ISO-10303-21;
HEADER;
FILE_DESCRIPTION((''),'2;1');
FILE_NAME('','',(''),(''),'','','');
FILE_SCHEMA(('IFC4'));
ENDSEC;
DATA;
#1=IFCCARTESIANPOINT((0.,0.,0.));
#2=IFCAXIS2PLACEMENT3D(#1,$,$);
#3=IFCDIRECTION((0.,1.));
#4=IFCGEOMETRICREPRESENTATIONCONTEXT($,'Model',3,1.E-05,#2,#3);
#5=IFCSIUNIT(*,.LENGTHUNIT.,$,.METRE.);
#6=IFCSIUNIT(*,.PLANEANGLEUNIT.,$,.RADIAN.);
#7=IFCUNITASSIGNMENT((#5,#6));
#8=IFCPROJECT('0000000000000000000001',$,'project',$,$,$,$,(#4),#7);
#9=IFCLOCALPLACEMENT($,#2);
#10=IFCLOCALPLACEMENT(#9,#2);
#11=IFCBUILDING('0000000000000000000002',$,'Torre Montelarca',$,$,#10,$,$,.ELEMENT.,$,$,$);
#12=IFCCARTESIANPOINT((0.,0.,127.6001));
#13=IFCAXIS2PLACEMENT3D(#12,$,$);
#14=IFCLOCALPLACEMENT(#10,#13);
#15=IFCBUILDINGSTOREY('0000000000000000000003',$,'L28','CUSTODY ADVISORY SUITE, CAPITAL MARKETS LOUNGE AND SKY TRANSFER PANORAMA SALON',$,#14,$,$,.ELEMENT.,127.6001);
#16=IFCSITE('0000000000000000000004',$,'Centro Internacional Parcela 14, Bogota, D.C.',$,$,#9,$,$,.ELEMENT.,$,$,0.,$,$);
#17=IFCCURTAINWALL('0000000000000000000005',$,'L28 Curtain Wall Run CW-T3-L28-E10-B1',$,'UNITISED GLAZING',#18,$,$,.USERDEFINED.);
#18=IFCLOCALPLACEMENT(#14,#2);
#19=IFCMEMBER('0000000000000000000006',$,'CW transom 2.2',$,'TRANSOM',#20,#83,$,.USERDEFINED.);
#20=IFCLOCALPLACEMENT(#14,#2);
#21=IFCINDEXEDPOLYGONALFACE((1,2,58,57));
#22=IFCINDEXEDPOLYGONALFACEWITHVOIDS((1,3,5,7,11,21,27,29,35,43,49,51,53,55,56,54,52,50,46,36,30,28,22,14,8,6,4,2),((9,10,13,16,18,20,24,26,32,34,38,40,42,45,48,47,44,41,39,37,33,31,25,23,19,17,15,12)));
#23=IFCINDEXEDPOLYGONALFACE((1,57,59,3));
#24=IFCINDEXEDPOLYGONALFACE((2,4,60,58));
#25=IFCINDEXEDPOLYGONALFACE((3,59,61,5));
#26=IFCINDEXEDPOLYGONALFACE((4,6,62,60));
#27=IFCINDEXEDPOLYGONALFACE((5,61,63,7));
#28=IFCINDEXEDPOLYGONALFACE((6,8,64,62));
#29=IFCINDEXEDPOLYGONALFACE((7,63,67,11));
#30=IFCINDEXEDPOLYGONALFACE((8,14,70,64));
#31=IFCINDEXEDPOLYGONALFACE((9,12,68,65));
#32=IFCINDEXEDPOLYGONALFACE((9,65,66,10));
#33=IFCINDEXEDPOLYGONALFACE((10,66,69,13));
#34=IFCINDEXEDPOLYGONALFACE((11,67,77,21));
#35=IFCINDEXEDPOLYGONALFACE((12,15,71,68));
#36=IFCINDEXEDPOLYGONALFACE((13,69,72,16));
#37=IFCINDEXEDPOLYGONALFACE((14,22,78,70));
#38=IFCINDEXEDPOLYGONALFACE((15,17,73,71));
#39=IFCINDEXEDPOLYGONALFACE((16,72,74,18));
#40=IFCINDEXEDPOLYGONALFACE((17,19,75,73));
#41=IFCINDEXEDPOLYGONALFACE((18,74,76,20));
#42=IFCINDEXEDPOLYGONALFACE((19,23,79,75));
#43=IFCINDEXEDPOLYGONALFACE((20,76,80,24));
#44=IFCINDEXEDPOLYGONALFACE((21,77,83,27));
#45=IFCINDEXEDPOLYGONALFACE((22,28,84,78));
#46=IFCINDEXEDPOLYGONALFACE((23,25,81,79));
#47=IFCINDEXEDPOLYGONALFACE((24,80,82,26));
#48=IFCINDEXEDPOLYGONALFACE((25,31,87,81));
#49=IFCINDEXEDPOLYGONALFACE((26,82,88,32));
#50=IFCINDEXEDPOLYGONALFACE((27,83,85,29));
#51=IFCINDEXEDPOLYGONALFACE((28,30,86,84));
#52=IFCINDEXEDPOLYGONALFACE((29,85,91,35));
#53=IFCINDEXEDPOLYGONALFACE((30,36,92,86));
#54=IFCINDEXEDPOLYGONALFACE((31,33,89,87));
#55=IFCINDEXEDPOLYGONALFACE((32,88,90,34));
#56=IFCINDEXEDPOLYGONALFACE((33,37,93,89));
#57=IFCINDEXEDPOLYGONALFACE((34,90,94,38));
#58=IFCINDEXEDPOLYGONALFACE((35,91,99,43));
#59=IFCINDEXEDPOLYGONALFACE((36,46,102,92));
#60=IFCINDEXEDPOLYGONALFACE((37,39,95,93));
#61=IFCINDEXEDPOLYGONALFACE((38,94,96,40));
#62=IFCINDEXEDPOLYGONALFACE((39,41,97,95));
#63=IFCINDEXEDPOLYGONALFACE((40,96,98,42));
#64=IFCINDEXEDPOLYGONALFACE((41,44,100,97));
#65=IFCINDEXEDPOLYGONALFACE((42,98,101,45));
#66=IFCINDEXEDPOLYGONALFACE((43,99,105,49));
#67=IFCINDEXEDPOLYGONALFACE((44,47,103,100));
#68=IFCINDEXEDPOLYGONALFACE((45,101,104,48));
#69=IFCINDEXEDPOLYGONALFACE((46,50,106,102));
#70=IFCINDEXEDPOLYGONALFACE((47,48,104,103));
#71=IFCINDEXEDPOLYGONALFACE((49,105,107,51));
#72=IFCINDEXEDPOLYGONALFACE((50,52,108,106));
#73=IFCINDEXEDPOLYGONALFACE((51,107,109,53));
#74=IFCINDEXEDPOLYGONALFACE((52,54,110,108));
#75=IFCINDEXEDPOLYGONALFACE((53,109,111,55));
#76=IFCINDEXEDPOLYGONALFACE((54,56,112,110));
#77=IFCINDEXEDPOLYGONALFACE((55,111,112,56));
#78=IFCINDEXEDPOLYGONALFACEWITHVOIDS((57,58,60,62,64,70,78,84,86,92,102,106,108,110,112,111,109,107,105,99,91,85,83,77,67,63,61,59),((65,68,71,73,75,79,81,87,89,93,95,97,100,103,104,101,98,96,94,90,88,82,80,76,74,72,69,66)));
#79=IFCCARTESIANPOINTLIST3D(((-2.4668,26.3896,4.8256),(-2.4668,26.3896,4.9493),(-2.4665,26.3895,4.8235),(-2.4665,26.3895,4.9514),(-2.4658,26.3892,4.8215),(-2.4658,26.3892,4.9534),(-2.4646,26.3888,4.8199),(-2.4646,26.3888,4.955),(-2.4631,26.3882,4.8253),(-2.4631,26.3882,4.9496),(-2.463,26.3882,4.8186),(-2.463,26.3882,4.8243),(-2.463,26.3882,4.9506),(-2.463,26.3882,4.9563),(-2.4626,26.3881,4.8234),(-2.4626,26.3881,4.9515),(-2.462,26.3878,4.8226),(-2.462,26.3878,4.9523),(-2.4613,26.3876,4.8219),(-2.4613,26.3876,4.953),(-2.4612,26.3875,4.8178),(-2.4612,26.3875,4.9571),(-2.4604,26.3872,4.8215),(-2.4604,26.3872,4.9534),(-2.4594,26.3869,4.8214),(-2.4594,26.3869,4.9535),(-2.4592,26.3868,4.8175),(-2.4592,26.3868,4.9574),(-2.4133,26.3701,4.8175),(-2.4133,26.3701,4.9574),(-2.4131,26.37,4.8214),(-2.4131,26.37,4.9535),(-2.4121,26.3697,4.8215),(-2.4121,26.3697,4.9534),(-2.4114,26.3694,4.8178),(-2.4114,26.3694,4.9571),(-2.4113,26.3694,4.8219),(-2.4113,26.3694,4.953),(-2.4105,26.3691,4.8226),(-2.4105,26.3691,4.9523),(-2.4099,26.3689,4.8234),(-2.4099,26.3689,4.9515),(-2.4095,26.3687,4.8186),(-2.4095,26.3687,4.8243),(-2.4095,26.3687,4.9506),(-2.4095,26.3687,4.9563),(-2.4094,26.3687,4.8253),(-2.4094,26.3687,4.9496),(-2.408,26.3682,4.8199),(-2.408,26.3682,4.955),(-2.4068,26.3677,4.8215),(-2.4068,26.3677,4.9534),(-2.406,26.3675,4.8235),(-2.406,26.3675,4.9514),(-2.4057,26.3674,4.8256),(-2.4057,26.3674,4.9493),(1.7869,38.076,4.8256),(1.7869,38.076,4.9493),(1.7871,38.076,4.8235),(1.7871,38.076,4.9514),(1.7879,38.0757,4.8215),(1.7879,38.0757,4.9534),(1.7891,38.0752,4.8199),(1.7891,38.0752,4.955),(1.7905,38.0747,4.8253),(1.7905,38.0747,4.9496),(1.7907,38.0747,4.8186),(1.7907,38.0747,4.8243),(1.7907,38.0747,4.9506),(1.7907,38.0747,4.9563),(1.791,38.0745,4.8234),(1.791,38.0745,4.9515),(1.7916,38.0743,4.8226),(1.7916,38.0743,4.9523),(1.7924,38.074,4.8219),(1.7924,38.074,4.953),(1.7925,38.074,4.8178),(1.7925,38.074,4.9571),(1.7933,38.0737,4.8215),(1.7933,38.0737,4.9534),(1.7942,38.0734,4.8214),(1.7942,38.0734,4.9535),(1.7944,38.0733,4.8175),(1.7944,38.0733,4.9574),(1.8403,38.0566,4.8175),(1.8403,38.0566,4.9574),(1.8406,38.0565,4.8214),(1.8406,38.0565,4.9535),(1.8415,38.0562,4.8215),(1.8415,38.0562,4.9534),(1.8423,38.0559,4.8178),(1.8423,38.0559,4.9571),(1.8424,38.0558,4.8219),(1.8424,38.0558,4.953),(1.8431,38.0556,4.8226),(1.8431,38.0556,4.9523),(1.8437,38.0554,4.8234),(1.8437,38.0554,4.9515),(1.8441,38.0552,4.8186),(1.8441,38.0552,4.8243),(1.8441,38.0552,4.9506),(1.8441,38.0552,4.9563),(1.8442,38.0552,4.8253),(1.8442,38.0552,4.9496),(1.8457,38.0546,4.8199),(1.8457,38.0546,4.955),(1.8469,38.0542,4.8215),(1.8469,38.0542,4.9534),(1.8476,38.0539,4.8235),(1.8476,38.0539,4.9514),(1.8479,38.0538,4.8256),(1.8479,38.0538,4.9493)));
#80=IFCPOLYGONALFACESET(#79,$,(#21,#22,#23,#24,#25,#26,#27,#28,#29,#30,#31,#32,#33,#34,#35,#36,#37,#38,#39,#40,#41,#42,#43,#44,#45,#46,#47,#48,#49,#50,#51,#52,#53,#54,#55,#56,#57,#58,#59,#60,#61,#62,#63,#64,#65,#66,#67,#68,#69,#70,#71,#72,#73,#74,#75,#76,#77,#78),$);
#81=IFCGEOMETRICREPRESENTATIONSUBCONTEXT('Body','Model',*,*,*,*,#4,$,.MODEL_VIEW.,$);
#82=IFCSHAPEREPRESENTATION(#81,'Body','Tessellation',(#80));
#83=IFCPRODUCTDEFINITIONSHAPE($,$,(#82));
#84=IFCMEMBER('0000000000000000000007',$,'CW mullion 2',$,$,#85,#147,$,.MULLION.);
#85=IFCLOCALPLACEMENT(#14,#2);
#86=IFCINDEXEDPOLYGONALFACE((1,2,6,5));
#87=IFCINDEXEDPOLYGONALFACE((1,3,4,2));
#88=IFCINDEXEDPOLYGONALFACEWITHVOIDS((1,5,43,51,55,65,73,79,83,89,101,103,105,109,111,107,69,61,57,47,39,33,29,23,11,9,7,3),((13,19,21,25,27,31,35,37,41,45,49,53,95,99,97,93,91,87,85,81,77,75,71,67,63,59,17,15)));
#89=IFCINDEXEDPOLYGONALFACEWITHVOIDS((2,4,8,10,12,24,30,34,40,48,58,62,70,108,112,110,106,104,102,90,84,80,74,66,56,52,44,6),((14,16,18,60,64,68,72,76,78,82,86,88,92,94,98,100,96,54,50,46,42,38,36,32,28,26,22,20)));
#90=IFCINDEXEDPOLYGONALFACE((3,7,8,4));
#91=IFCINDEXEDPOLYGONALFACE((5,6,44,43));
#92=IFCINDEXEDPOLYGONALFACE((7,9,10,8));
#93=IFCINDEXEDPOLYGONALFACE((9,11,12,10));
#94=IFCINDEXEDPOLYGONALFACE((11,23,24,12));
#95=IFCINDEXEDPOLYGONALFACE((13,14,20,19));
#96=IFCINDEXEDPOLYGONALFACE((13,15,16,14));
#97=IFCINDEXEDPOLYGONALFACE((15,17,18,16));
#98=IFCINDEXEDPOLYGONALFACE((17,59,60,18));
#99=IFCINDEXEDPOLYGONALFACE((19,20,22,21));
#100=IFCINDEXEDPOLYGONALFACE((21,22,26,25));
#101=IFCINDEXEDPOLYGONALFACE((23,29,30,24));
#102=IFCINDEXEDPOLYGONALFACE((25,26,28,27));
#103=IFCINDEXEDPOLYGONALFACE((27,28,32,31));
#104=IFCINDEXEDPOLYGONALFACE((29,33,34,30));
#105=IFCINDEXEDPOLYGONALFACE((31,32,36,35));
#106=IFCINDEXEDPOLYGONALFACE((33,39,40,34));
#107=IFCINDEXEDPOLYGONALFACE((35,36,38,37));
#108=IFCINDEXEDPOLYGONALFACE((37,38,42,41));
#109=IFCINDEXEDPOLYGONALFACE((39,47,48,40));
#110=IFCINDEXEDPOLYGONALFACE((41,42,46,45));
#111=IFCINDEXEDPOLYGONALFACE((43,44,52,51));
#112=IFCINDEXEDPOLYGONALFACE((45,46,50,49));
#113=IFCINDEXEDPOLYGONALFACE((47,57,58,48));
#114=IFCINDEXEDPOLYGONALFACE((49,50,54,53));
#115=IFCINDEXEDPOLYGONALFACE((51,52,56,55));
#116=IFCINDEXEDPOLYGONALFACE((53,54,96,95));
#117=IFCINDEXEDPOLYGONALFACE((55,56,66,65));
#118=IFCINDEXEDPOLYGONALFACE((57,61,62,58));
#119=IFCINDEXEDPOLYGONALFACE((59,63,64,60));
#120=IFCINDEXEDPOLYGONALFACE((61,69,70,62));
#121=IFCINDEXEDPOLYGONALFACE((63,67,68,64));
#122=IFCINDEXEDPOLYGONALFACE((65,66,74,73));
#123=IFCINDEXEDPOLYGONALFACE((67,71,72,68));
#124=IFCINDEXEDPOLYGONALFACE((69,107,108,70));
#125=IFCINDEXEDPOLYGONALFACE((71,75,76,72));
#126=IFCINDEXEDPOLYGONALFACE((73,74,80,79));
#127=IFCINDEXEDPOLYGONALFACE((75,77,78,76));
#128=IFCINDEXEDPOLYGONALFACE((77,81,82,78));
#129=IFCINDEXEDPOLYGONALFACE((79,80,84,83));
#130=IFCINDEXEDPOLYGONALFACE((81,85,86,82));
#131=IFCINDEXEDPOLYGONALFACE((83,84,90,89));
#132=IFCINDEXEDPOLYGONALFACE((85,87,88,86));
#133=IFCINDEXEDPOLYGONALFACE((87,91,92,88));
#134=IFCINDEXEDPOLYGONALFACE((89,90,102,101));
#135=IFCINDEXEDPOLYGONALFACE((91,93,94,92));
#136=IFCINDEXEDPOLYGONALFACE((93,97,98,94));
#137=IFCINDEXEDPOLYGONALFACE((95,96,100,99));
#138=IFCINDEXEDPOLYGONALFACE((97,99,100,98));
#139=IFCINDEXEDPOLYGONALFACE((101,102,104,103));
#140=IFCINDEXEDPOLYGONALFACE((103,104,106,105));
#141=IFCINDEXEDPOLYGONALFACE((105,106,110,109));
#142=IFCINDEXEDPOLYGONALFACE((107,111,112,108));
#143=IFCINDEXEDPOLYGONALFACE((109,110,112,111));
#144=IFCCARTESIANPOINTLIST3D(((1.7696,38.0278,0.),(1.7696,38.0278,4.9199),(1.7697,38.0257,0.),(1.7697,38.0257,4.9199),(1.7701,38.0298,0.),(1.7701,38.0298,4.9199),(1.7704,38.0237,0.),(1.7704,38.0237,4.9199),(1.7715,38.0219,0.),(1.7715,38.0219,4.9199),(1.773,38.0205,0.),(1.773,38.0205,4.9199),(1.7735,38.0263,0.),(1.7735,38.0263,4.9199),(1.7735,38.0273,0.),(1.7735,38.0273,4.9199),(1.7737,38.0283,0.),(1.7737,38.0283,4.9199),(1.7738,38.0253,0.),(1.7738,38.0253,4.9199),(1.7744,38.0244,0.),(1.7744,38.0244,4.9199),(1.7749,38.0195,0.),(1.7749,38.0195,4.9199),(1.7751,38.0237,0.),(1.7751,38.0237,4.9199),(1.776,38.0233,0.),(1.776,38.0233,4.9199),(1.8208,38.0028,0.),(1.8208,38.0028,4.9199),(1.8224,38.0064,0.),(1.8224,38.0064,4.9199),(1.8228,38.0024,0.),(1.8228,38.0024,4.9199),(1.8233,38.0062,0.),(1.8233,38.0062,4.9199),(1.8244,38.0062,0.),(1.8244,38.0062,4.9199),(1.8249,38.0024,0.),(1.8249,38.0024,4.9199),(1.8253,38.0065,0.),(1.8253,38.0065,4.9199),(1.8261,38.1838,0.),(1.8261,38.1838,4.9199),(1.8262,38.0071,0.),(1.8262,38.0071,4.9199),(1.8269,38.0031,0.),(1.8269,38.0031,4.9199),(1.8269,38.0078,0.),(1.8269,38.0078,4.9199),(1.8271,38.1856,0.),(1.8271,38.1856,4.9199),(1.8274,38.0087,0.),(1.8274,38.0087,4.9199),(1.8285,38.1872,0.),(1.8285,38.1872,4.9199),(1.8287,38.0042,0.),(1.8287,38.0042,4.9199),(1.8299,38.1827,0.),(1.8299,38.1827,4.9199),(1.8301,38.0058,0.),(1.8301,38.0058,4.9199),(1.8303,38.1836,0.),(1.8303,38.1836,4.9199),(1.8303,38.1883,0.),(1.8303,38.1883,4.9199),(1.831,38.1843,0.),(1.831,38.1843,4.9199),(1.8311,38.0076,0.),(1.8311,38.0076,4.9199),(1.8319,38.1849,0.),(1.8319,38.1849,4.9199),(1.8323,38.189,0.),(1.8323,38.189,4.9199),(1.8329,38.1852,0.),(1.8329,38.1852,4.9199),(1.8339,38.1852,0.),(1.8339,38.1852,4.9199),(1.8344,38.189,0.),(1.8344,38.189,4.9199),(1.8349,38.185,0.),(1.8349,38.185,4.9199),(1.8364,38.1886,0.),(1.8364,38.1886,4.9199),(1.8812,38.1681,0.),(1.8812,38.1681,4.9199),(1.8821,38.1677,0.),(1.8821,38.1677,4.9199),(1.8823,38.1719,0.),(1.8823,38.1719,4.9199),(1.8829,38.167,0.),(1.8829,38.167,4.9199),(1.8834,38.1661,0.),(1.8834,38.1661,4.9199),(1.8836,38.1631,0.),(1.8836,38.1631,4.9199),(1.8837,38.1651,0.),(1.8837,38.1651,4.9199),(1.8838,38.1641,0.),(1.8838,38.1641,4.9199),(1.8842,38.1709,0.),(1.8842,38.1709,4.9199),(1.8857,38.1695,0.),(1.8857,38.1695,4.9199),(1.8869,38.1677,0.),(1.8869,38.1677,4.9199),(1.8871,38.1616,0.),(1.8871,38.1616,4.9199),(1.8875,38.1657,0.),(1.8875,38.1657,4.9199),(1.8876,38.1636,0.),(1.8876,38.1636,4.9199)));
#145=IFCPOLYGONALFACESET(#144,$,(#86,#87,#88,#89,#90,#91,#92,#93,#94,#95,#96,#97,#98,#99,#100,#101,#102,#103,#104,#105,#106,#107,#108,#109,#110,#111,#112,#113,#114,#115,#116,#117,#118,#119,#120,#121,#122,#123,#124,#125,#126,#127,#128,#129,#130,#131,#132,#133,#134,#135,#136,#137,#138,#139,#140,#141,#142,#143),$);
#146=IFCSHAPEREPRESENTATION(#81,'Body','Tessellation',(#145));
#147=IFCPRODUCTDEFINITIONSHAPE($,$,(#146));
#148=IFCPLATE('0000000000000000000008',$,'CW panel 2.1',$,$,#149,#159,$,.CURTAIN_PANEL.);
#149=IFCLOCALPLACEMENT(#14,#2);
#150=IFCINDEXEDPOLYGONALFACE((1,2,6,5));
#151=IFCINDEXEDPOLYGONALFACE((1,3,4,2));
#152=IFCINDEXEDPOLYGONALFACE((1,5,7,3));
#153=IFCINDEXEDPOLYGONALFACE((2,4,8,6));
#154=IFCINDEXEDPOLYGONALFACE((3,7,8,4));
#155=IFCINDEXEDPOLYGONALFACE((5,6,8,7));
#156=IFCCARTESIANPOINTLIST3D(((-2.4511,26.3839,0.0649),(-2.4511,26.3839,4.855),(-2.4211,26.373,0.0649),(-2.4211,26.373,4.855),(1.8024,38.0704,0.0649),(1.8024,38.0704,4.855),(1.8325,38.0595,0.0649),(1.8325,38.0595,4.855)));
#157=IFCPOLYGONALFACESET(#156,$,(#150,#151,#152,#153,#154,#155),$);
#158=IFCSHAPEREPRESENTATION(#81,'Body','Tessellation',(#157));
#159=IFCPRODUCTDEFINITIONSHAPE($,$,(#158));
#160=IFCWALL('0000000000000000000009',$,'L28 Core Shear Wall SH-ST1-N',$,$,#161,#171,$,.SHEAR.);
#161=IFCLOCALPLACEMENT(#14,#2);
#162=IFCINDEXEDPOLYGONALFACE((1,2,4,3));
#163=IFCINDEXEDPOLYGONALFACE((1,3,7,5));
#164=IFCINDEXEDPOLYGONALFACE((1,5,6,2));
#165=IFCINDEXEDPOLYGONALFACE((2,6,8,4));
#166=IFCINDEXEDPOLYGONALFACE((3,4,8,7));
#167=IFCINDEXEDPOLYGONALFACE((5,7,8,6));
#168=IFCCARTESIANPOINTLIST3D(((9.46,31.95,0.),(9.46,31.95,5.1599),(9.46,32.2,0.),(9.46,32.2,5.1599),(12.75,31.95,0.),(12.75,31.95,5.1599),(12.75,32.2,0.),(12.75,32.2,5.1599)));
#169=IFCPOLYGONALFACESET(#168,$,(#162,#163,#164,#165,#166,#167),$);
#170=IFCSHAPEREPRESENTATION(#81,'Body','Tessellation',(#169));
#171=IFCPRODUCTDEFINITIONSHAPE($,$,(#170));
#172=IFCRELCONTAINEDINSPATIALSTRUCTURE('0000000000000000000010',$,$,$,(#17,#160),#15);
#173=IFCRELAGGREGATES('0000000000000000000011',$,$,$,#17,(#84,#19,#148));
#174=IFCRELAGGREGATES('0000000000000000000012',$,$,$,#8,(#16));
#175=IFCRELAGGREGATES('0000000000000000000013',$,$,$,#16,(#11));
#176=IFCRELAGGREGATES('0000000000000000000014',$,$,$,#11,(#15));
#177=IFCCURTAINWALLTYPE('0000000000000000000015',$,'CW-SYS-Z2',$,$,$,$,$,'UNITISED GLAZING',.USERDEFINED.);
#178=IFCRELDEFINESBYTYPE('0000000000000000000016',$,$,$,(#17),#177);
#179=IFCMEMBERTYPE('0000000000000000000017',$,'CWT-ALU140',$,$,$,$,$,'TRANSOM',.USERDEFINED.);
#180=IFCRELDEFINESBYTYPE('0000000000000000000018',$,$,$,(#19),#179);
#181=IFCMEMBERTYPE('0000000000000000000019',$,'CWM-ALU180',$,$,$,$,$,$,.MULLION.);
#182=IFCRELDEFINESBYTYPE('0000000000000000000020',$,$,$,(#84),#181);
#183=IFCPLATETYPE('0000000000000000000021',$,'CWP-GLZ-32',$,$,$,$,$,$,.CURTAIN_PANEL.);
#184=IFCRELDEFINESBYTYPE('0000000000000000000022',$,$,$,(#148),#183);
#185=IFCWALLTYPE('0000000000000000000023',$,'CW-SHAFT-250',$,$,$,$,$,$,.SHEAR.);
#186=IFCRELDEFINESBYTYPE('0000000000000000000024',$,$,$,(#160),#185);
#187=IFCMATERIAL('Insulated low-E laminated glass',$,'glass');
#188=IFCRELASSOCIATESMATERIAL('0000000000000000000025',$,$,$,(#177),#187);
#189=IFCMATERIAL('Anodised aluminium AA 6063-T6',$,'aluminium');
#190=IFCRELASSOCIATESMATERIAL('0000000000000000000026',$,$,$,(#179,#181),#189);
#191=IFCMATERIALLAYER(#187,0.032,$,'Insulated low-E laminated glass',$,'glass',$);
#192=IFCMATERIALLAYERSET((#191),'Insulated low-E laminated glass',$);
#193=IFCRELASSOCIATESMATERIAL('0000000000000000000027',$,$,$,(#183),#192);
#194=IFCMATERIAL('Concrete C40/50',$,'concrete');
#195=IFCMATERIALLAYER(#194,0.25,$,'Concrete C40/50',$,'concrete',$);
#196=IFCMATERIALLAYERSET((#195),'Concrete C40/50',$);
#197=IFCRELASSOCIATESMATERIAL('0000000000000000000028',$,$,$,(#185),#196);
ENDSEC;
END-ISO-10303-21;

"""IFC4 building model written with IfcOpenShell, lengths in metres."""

from ifc_helpers import new_model, si_unit, direction, frame, frame_2d, origin, origin_2d, place, context, subcontext, project, spatial, rectangle, hollow_rectangle, extrude, source, transform, mapped, material, layer, layer_set, material_profile, profile_set, type_object, element, aggregate, save


model = new_model("IFC4")

# Units and contexts
model_context = context("Model", 3, precision=1e-05, world=origin(), true_north=direction((0.0, 1.0)))
body_context = subcontext(model_context, "Body", "Model", "MODEL_VIEW")
ifc_project = project(units=[si_unit("LENGTHUNIT", "METRE"), si_unit("PLANEANGLEUNIT", "RADIAN")], contexts=[model_context])

# Site, building, storey
site_placement = place(None, origin())
site = spatial("IfcSite", under=ifc_project, at=site_placement, Name="Centro Internacional Parcela 14, Bogota, D.C.", CompositionType="ELEMENT", RefElevation=0.0)
building_placement = place(site_placement, origin())
building = spatial("IfcBuilding", under=site, at=building_placement, Name="Torre Montelarca", CompositionType="ELEMENT")
storey_placement = place(building_placement, frame((0.0, 0.0, 127.6001)))
storey = spatial("IfcBuildingStorey", under=building, at=storey_placement, Name="L28", Description="CUSTODY ADVISORY SUITE, CAPITAL MARKETS LOUNGE AND SKY TRANSFER PANORAMA SALON", CompositionType="ELEMENT", Elevation=127.6001)

# Curtain wall, members, plate
ifc_material_1 = material(Name="Insulated low-E laminated glass", Category="glass")
curtain_wall_type = type_object("IfcCurtainWallType", Name="CW-SYS-Z2", ElementType="UNITISED GLAZING", PredefinedType="USERDEFINED", material=ifc_material_1)
curtain_wall_placement = place(storey_placement, origin())
curtain_wall = element("IfcCurtainWall", 1, at=curtain_wall_placement, inside=storey, type_object=curtain_wall_type, Name="L28 Curtain Wall Run CW-T3-L28-E10-B1", ObjectType="UNITISED GLAZING", PredefinedType="USERDEFINED")
ifc_material_2 = material(Name="Anodised aluminium AA 6063-T6", Category="aluminium")
ifc_material_profile_1 = material_profile(ifc_material_2, hollow_rectangle(XDim=0.0649, YDim=0.1399, WallThickness=0.0039, InnerFilletRadius=0.0039, OuterFilletRadius=0.0081, at=origin_2d()), Name="ALU65X140X4", Category="aluminium")
ifc_profile_set_1 = profile_set([ifc_material_profile_1], Name="Anodised aluminium AA 6063-T6")
member_type_1 = type_object("IfcMemberType", Name="CWT-ALU140", ElementType="TRANSOM", PredefinedType="USERDEFINED", material=ifc_profile_set_1)
shared_shape_1 = source(origin(), body_context, "Body", "SweptSolid", [
    extrude(hollow_rectangle(XDim=0.0649, YDim=0.1399, WallThickness=0.0039, InnerFilletRadius=0.0039, OuterFilletRadius=0.0081, at=origin_2d()), origin(), (0.0, 0.0, 1.0), 12.4365),
])
member_1_placement = place(storey_placement, frame((1.8174, 38.0649, 4.8875), z_axis=(-0.342028, -0.93969, 0.0), x_axis=(0.93969, -0.342028, 0.0)))
member_1 = element("IfcMember", 2, at=member_1_placement, type_object=member_type_1, Name="CW transom 2.2", ObjectType="TRANSOM", PredefinedType="USERDEFINED", context=body_context, shape_type="MappedRepresentation", body=[
    mapped(shared_shape_1, transform((0.0, 0.0, 0.0), scale=1.0)),
])
ifc_material_profile_2 = material_profile(ifc_material_2, hollow_rectangle(XDim=0.0649, YDim=0.1799, WallThickness=0.0039, InnerFilletRadius=0.0039, OuterFilletRadius=0.0081, at=origin_2d()), Name="ALU65X180X4", Category="aluminium")
ifc_profile_set_2 = profile_set([ifc_material_profile_2], Name="Anodised aluminium AA 6063-T6")
member_type_2 = type_object("IfcMemberType", Name="CWM-ALU180", PredefinedType="MULLION", material=ifc_profile_set_2)
shared_shape_2 = source(origin(), body_context, "Body", "SweptSolid", [
    extrude(hollow_rectangle(XDim=0.0649, YDim=0.1799, WallThickness=0.0039, InnerFilletRadius=0.0039, OuterFilletRadius=0.0081, at=origin_2d()), origin(), (0.0, 0.0, 1.0), 4.9199),
])
member_2_placement = place(storey_placement, frame((1.8286, 38.0957, 0.0), z_axis=(0.0, 0.0, 1.0), x_axis=(0.939693, -0.342019, 0.0)))
member_2 = element("IfcMember", 3, at=member_2_placement, type_object=member_type_2, Name="CW mullion 2", PredefinedType="MULLION", context=body_context, shape_type="MappedRepresentation", body=[
    mapped(shared_shape_2, transform((0.0, 0.0, 0.0), scale=1.0)),
])
ifc_layer_1 = layer(ifc_material_1, 0.032, Name="Insulated low-E laminated glass", Category="glass")
ifc_layer_set_1 = layer_set([ifc_layer_1], Name="Insulated low-E laminated glass")
plate_type = type_object("IfcPlateType", Name="CWP-GLZ-32", PredefinedType="CURTAIN_PANEL", material=ifc_layer_set_1)
shared_shape_3 = source(origin(), body_context, "Body", "SweptSolid", [
    extrude(rectangle(XDim=12.4365, YDim=0.032, at=origin_2d()), origin(), (0.0, 0.0, 1.0), 4.79),
])
plate_placement = place(storey_placement, frame((-0.3093, 32.2217, 0.0649), z_axis=(0.0, 0.0, 1.0), x_axis=(-0.342019, -0.939693, 0.0)))
plate = element("IfcPlate", 4, at=plate_placement, type_object=plate_type, Name="CW panel 2.1", PredefinedType="CURTAIN_PANEL", context=body_context, shape_type="MappedRepresentation", body=[
    mapped(shared_shape_3, transform((0.0, 0.0, 0.0), scale=1.0)),
])
aggregate(curtain_wall, [member_2, member_1, plate])

# Wall
ifc_material_3 = material(Name="Concrete C40/50", Category="concrete")
ifc_layer_2 = layer(ifc_material_3, 0.25, Name="Concrete C40/50", Category="concrete")
ifc_layer_set_2 = layer_set([ifc_layer_2], Name="Concrete C40/50")
wall_type_1 = type_object("IfcWallType", Name="CW-SHAFT-250", PredefinedType="SHEAR", material=ifc_layer_set_2)
wall_1_placement = place(storey_placement, frame((9.46, 32.075, 0.0), z_axis=(0.0, 0.0, 1.0), x_axis=(1.0, 0.0, 0.0)))
element("IfcWall", 5, at=wall_1_placement, inside=storey, type_object=wall_type_1, Name="L28 Core Shear Wall SH-ST1-N", PredefinedType="SHEAR", context=body_context, shape_type="SweptSolid", body=[
    extrude(rectangle(XDim=3.29, YDim=0.25, at=frame_2d((1.645, 0.0))), origin(), (0.0, 0.0, 1.0), 5.1599),
])

save(model, "model.ifc")
